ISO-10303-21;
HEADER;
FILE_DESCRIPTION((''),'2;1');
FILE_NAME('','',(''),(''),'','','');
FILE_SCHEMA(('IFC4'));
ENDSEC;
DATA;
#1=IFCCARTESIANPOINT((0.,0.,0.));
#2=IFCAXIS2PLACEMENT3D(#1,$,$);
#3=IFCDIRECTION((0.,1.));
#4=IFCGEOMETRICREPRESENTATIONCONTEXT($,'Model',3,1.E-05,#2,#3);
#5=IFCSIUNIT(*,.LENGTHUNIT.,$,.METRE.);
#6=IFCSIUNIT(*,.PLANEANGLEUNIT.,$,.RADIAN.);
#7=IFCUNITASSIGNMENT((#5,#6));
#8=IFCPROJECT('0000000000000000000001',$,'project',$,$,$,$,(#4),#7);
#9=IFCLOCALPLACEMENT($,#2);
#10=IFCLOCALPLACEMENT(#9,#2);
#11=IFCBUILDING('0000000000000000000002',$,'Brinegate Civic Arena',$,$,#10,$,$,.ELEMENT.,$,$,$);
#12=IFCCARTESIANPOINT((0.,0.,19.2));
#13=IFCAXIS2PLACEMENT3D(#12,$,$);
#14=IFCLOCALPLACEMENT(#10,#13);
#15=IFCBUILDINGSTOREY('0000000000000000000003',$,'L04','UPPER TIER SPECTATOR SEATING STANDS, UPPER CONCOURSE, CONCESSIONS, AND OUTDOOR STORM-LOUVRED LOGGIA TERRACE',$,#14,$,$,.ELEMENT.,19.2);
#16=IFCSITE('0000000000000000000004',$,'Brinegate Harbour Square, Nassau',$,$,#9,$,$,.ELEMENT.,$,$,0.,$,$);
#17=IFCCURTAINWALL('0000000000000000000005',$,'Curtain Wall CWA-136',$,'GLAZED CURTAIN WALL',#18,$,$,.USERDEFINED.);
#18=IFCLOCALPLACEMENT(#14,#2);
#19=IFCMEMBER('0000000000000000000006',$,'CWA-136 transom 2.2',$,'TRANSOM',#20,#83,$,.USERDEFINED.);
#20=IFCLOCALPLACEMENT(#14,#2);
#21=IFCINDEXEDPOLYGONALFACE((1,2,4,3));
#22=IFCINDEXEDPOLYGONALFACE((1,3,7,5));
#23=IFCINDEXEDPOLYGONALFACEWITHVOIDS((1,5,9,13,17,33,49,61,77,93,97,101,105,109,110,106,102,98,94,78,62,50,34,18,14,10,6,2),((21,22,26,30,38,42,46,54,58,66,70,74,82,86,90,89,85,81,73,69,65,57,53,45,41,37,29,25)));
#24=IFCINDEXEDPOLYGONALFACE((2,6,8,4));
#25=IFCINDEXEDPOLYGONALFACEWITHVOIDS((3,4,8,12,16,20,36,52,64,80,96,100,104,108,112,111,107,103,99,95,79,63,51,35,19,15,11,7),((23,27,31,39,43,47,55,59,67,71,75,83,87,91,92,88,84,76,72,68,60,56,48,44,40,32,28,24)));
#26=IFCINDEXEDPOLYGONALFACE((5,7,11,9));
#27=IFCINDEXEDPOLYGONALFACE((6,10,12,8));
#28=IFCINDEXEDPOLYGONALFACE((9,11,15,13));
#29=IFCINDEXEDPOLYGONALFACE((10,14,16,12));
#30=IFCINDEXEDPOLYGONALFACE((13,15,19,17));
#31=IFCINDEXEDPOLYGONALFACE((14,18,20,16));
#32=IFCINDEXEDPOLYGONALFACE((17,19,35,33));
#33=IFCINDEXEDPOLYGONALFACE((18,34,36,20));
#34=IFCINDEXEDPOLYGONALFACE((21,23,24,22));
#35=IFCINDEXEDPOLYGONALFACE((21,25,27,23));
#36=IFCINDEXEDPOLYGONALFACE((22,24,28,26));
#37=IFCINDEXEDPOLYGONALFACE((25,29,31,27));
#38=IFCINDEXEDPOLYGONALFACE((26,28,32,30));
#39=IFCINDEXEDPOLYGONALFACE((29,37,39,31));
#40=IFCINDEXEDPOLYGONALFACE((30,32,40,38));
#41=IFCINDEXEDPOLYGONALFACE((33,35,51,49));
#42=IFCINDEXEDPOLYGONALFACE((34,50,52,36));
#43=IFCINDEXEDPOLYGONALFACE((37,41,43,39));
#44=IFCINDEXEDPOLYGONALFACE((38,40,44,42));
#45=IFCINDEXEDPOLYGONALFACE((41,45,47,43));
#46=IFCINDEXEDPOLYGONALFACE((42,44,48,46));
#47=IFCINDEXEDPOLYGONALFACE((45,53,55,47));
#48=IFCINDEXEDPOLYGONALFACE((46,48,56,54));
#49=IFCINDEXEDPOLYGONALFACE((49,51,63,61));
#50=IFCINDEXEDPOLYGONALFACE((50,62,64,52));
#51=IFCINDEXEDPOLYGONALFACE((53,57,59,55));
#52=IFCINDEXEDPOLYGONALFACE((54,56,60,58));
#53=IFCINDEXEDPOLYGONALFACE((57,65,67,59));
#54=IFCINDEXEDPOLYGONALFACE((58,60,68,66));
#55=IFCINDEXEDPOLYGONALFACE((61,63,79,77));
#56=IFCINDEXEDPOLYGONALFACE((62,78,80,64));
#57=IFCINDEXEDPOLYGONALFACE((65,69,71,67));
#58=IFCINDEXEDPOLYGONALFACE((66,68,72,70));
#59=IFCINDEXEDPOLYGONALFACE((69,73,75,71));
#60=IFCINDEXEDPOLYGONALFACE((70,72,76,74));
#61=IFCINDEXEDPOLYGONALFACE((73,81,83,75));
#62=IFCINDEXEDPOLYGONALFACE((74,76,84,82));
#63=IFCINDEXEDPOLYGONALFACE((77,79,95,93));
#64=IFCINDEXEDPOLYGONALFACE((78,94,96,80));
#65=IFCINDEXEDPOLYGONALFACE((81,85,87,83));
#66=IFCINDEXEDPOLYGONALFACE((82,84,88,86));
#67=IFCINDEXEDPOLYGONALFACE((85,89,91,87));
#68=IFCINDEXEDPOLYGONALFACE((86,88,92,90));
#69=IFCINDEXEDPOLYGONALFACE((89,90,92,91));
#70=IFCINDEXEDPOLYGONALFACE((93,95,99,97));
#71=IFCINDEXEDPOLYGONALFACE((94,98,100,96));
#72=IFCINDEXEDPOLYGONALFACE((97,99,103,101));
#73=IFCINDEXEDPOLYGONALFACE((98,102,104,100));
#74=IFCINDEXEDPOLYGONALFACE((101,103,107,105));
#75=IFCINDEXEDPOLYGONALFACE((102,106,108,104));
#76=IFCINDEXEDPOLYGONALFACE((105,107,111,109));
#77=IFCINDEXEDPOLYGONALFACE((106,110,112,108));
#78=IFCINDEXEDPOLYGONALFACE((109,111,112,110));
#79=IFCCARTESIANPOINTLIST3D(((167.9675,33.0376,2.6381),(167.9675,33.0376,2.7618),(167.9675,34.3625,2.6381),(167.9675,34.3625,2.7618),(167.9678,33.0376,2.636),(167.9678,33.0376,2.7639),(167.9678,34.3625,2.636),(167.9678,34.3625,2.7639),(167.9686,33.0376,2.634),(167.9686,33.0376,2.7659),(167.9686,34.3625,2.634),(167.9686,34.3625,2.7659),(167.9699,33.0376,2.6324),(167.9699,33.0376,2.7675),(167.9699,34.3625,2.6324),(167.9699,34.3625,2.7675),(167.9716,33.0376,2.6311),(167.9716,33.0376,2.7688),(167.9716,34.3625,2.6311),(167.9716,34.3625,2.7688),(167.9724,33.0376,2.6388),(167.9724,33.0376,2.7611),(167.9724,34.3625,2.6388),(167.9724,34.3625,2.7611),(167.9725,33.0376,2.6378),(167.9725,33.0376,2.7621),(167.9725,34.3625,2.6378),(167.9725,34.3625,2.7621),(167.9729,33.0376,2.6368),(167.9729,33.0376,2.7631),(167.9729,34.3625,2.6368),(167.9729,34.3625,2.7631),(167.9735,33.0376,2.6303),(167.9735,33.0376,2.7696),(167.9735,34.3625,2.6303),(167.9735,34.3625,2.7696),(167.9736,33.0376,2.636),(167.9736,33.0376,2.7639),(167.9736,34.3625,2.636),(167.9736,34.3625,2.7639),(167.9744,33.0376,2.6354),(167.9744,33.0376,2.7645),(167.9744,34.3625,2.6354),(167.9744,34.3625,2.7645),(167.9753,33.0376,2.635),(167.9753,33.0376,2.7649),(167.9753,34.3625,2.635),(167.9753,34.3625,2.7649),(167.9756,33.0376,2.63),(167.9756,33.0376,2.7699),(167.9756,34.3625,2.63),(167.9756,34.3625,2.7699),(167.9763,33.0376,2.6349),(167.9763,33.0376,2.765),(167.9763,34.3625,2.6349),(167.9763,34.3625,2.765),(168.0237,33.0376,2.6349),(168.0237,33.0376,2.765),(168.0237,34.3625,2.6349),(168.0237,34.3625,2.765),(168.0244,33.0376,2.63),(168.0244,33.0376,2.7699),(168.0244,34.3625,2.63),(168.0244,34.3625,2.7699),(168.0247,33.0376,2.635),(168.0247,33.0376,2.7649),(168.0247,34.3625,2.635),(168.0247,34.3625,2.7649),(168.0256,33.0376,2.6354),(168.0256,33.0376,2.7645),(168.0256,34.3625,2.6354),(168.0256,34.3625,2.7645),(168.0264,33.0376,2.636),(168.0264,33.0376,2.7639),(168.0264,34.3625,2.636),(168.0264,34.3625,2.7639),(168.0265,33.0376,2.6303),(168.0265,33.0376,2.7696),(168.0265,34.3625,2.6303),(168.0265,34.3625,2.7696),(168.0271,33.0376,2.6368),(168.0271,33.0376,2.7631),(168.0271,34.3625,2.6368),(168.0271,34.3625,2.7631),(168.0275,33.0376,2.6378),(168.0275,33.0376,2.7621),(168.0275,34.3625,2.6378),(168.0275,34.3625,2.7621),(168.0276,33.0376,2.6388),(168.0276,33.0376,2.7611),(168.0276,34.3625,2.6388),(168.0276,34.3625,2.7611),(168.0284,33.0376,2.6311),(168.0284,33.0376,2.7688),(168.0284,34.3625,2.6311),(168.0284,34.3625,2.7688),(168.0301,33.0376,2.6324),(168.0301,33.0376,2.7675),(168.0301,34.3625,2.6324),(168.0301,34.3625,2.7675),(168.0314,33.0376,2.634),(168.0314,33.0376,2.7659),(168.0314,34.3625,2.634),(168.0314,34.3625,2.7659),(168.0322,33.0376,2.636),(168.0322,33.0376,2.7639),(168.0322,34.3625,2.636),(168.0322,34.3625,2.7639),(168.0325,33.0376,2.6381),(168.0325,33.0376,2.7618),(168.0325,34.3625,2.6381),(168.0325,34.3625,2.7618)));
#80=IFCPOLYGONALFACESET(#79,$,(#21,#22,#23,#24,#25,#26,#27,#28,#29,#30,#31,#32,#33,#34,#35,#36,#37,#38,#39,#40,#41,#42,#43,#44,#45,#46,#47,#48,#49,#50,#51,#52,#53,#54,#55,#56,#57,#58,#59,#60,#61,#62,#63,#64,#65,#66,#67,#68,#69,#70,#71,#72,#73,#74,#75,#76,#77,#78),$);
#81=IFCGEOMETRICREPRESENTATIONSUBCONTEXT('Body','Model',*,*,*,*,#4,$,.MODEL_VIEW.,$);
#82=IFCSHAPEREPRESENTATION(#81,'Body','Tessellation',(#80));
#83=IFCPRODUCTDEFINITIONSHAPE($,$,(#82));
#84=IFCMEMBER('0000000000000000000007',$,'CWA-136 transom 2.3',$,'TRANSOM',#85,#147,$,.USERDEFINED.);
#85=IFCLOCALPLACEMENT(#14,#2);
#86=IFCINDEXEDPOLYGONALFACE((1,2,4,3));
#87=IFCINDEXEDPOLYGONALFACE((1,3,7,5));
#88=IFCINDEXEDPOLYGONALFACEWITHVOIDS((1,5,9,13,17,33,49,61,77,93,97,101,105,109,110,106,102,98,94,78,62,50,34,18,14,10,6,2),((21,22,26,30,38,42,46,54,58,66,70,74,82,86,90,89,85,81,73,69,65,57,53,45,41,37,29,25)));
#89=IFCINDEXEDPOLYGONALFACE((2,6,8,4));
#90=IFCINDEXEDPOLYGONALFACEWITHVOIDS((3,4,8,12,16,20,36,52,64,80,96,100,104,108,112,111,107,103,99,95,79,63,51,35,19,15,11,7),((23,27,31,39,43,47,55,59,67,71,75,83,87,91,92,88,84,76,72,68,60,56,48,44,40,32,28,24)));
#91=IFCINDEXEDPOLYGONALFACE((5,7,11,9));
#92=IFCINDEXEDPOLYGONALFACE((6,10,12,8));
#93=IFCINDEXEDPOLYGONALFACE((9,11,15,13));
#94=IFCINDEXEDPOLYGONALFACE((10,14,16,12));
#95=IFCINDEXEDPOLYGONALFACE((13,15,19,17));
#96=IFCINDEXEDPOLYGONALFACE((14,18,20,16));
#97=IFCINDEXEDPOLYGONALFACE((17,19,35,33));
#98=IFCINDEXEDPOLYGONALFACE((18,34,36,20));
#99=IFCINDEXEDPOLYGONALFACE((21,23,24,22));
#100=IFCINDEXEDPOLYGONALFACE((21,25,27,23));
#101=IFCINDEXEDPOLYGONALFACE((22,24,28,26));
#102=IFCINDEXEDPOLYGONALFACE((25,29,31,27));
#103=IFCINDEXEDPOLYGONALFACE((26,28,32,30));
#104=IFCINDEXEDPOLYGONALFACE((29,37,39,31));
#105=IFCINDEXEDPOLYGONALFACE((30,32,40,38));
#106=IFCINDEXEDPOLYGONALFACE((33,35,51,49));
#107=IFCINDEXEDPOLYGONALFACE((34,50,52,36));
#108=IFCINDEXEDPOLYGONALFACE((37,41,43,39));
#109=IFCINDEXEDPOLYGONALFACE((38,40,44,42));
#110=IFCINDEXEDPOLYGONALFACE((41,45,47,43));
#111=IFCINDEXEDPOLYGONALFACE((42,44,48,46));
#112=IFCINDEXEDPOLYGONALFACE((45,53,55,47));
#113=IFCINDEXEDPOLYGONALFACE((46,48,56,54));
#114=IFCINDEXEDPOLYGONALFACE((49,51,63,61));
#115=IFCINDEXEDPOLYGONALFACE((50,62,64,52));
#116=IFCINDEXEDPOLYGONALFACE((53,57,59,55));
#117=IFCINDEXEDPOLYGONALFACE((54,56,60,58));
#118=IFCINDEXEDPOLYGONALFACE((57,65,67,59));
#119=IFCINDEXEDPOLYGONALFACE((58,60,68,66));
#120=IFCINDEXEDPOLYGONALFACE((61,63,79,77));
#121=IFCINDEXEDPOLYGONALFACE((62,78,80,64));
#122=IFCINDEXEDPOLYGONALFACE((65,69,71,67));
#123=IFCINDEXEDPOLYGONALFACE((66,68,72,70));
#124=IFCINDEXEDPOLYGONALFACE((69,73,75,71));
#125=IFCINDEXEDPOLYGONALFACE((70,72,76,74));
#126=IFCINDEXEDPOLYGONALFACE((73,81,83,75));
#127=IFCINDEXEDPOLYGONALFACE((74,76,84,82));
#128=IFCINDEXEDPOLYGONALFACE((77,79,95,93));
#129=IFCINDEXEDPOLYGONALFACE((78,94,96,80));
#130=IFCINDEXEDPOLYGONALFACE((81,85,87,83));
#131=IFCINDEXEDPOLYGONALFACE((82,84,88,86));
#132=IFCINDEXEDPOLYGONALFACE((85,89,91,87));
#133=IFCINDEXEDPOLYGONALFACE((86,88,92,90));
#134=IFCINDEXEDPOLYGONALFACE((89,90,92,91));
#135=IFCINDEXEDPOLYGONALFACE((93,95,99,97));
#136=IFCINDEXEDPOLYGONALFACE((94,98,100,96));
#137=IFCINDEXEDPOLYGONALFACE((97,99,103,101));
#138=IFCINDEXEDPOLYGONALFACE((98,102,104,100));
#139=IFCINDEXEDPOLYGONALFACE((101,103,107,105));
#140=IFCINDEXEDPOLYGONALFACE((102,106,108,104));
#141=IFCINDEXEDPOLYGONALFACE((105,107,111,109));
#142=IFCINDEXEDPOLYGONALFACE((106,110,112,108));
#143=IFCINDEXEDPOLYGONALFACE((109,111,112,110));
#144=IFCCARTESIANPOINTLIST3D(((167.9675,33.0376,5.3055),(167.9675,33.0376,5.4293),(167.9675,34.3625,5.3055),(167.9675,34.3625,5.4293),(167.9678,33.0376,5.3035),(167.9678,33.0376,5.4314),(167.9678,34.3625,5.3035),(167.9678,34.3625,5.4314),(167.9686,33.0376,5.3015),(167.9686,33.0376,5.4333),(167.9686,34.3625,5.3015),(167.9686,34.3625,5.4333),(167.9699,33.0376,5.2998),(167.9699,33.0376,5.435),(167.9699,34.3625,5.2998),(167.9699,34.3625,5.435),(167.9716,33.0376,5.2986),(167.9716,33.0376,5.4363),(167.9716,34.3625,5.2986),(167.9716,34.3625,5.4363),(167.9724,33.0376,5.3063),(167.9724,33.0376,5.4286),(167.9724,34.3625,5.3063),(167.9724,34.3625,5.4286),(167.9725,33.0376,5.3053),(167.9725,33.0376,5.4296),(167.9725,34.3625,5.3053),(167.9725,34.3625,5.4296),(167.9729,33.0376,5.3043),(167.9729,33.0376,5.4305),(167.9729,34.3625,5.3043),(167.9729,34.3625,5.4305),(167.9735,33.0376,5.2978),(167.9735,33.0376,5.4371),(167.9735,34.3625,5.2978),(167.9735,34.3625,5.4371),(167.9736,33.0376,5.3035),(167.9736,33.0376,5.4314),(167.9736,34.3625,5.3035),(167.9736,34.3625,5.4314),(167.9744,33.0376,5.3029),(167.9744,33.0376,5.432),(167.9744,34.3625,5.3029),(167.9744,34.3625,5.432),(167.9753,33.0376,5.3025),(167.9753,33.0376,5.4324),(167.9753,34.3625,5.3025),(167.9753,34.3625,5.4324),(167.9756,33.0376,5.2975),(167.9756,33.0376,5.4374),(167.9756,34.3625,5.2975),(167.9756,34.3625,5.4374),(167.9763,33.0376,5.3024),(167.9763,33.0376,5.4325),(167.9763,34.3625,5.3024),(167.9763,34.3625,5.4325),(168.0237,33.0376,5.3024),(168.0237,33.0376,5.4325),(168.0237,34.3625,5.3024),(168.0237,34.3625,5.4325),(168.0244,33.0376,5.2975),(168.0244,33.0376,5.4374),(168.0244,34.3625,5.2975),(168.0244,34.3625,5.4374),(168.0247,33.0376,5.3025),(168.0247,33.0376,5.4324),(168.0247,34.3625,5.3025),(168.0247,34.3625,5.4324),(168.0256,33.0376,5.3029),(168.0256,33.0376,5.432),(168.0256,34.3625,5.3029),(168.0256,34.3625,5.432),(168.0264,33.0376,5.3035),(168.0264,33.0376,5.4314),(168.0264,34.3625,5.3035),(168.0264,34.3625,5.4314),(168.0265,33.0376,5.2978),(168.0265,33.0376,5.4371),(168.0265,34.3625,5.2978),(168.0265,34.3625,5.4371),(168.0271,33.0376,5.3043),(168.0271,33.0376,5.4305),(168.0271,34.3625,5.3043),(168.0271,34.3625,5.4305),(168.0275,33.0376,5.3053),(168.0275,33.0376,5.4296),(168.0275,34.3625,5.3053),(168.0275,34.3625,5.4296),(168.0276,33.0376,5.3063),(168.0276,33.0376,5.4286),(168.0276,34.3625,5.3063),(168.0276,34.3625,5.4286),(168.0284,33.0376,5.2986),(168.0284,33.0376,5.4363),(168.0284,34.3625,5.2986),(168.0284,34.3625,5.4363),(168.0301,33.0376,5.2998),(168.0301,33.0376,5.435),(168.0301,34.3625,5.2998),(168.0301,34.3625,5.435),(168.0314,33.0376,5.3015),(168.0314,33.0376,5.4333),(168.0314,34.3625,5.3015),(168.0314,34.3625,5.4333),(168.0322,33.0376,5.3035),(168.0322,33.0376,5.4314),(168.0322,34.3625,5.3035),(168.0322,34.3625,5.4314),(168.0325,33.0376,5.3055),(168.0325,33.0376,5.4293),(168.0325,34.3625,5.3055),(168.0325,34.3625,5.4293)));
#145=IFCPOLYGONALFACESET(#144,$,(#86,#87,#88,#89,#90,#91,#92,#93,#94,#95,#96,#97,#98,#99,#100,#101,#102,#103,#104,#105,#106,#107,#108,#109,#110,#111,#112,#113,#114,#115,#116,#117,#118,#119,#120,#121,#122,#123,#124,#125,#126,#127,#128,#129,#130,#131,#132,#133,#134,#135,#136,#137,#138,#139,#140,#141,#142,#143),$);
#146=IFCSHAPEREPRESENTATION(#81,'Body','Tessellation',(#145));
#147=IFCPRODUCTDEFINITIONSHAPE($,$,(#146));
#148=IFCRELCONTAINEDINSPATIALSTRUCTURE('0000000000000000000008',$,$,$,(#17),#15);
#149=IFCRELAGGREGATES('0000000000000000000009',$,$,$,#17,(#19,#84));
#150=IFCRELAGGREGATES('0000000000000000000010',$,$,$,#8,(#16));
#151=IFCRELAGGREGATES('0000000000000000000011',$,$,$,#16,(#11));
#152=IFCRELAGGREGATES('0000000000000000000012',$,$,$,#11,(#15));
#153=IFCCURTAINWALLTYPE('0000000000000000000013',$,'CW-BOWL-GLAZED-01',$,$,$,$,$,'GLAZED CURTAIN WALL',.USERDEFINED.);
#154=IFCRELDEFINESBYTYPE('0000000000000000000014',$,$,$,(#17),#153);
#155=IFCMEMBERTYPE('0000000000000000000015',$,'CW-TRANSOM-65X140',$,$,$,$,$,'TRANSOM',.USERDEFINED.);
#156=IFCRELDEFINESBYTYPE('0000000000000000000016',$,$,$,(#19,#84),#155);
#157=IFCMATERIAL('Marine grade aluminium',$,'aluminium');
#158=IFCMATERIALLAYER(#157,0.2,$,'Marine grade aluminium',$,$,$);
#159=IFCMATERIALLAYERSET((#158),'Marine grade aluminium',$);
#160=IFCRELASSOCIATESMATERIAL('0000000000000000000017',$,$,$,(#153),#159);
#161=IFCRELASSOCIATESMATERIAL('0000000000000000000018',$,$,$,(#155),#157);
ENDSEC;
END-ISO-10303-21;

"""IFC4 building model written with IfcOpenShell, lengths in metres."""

from ifc_helpers import new_model, si_unit, direction, frame, origin, origin_2d, place, context, subcontext, project, spatial, hollow_rectangle, extrude, material, layer, layer_set, material_profile, profile_set, type_object, element, aggregate, save


model = new_model("IFC4")

# Units and contexts
model_context = context("Model", 3, precision=1e-05, world=origin(), true_north=direction((0.0, 1.0)))
body_context = subcontext(model_context, "Body", "Model", "MODEL_VIEW")
ifc_project = project(units=[si_unit("LENGTHUNIT", "METRE"), si_unit("PLANEANGLEUNIT", "RADIAN")], contexts=[model_context])

# Site, building, storey
site_placement = place(None, origin())
site = spatial("IfcSite", under=ifc_project, at=site_placement, Name="Brinegate Harbour Square, Nassau", CompositionType="ELEMENT", RefElevation=0.0)
building_placement = place(site_placement, origin())
building = spatial("IfcBuilding", under=site, at=building_placement, Name="Brinegate Civic Arena", CompositionType="ELEMENT")
storey_placement = place(building_placement, frame((0.0, 0.0, 19.2)))
storey = spatial("IfcBuildingStorey", under=building, at=storey_placement, Name="L04", Description="UPPER TIER SPECTATOR SEATING STANDS, UPPER CONCOURSE, CONCESSIONS, AND OUTDOOR STORM-LOUVRED LOGGIA TERRACE", CompositionType="ELEMENT", Elevation=19.2)

# Curtain wall, members
ifc_material_1 = material(Name="Marine grade aluminium", Category="aluminium")
ifc_layer_1 = layer(ifc_material_1, 0.2, Name="Marine grade aluminium")
ifc_layer_set_1 = layer_set([ifc_layer_1], Name="Marine grade aluminium")
curtain_wall_type = type_object("IfcCurtainWallType", Name="CW-BOWL-GLAZED-01", ElementType="GLAZED CURTAIN WALL", PredefinedType="USERDEFINED", material=ifc_layer_set_1)
curtain_wall_placement = place(storey_placement, origin())
curtain_wall = element("IfcCurtainWall", 1, at=curtain_wall_placement, inside=storey, type_object=curtain_wall_type, Name="Curtain Wall CWA-136", ObjectType="GLAZED CURTAIN WALL", PredefinedType="USERDEFINED")
ifc_material_profile_1 = material_profile(ifc_material_1, hollow_rectangle(XDim=0.0649, YDim=0.1399, WallThickness=0.0049, InnerFilletRadius=0.0039, OuterFilletRadius=0.0081, at=origin_2d()), Name="TRN65X140")
ifc_profile_set_1 = profile_set([ifc_material_profile_1], Name="Marine grade aluminium")
member_type_1 = type_object("IfcMemberType", Name="CW-TRANSOM-65X140", ElementType="TRANSOM", PredefinedType="USERDEFINED", material=ifc_profile_set_1)
member_1_placement = place(storey_placement, frame((168.0, 33.0376, 2.7), z_axis=(0.0, 1.0, 0.0), x_axis=(-1.0, 0.0, 0.0)))
member_1 = element("IfcMember", 2, at=member_1_placement, type_object=member_type_1, Name="CWA-136 transom 2.2", ObjectType="TRANSOM", PredefinedType="USERDEFINED", context=body_context, shape_type="SweptSolid", body=[
    extrude(hollow_rectangle(XDim=0.0649, YDim=0.1399, WallThickness=0.0049, InnerFilletRadius=0.0039, OuterFilletRadius=0.0081, at=origin_2d()), origin(), (0.0, 0.0, 1.0), 1.325),
])
member_2_placement = place(storey_placement, frame((168.0, 33.0376, 5.3674), z_axis=(0.0, 1.0, 0.0), x_axis=(-1.0, 0.0, 0.0)))
member_2 = element("IfcMember", 3, at=member_2_placement, type_object=member_type_1, Name="CWA-136 transom 2.3", ObjectType="TRANSOM", PredefinedType="USERDEFINED", context=body_context, shape_type="SweptSolid", body=[
    extrude(hollow_rectangle(XDim=0.0649, YDim=0.1399, WallThickness=0.0049, InnerFilletRadius=0.0039, OuterFilletRadius=0.0081, at=origin_2d()), origin(), (0.0, 0.0, 1.0), 1.325),
])
aggregate(curtain_wall, [member_1, member_2])

save(model, "model.ifc")
